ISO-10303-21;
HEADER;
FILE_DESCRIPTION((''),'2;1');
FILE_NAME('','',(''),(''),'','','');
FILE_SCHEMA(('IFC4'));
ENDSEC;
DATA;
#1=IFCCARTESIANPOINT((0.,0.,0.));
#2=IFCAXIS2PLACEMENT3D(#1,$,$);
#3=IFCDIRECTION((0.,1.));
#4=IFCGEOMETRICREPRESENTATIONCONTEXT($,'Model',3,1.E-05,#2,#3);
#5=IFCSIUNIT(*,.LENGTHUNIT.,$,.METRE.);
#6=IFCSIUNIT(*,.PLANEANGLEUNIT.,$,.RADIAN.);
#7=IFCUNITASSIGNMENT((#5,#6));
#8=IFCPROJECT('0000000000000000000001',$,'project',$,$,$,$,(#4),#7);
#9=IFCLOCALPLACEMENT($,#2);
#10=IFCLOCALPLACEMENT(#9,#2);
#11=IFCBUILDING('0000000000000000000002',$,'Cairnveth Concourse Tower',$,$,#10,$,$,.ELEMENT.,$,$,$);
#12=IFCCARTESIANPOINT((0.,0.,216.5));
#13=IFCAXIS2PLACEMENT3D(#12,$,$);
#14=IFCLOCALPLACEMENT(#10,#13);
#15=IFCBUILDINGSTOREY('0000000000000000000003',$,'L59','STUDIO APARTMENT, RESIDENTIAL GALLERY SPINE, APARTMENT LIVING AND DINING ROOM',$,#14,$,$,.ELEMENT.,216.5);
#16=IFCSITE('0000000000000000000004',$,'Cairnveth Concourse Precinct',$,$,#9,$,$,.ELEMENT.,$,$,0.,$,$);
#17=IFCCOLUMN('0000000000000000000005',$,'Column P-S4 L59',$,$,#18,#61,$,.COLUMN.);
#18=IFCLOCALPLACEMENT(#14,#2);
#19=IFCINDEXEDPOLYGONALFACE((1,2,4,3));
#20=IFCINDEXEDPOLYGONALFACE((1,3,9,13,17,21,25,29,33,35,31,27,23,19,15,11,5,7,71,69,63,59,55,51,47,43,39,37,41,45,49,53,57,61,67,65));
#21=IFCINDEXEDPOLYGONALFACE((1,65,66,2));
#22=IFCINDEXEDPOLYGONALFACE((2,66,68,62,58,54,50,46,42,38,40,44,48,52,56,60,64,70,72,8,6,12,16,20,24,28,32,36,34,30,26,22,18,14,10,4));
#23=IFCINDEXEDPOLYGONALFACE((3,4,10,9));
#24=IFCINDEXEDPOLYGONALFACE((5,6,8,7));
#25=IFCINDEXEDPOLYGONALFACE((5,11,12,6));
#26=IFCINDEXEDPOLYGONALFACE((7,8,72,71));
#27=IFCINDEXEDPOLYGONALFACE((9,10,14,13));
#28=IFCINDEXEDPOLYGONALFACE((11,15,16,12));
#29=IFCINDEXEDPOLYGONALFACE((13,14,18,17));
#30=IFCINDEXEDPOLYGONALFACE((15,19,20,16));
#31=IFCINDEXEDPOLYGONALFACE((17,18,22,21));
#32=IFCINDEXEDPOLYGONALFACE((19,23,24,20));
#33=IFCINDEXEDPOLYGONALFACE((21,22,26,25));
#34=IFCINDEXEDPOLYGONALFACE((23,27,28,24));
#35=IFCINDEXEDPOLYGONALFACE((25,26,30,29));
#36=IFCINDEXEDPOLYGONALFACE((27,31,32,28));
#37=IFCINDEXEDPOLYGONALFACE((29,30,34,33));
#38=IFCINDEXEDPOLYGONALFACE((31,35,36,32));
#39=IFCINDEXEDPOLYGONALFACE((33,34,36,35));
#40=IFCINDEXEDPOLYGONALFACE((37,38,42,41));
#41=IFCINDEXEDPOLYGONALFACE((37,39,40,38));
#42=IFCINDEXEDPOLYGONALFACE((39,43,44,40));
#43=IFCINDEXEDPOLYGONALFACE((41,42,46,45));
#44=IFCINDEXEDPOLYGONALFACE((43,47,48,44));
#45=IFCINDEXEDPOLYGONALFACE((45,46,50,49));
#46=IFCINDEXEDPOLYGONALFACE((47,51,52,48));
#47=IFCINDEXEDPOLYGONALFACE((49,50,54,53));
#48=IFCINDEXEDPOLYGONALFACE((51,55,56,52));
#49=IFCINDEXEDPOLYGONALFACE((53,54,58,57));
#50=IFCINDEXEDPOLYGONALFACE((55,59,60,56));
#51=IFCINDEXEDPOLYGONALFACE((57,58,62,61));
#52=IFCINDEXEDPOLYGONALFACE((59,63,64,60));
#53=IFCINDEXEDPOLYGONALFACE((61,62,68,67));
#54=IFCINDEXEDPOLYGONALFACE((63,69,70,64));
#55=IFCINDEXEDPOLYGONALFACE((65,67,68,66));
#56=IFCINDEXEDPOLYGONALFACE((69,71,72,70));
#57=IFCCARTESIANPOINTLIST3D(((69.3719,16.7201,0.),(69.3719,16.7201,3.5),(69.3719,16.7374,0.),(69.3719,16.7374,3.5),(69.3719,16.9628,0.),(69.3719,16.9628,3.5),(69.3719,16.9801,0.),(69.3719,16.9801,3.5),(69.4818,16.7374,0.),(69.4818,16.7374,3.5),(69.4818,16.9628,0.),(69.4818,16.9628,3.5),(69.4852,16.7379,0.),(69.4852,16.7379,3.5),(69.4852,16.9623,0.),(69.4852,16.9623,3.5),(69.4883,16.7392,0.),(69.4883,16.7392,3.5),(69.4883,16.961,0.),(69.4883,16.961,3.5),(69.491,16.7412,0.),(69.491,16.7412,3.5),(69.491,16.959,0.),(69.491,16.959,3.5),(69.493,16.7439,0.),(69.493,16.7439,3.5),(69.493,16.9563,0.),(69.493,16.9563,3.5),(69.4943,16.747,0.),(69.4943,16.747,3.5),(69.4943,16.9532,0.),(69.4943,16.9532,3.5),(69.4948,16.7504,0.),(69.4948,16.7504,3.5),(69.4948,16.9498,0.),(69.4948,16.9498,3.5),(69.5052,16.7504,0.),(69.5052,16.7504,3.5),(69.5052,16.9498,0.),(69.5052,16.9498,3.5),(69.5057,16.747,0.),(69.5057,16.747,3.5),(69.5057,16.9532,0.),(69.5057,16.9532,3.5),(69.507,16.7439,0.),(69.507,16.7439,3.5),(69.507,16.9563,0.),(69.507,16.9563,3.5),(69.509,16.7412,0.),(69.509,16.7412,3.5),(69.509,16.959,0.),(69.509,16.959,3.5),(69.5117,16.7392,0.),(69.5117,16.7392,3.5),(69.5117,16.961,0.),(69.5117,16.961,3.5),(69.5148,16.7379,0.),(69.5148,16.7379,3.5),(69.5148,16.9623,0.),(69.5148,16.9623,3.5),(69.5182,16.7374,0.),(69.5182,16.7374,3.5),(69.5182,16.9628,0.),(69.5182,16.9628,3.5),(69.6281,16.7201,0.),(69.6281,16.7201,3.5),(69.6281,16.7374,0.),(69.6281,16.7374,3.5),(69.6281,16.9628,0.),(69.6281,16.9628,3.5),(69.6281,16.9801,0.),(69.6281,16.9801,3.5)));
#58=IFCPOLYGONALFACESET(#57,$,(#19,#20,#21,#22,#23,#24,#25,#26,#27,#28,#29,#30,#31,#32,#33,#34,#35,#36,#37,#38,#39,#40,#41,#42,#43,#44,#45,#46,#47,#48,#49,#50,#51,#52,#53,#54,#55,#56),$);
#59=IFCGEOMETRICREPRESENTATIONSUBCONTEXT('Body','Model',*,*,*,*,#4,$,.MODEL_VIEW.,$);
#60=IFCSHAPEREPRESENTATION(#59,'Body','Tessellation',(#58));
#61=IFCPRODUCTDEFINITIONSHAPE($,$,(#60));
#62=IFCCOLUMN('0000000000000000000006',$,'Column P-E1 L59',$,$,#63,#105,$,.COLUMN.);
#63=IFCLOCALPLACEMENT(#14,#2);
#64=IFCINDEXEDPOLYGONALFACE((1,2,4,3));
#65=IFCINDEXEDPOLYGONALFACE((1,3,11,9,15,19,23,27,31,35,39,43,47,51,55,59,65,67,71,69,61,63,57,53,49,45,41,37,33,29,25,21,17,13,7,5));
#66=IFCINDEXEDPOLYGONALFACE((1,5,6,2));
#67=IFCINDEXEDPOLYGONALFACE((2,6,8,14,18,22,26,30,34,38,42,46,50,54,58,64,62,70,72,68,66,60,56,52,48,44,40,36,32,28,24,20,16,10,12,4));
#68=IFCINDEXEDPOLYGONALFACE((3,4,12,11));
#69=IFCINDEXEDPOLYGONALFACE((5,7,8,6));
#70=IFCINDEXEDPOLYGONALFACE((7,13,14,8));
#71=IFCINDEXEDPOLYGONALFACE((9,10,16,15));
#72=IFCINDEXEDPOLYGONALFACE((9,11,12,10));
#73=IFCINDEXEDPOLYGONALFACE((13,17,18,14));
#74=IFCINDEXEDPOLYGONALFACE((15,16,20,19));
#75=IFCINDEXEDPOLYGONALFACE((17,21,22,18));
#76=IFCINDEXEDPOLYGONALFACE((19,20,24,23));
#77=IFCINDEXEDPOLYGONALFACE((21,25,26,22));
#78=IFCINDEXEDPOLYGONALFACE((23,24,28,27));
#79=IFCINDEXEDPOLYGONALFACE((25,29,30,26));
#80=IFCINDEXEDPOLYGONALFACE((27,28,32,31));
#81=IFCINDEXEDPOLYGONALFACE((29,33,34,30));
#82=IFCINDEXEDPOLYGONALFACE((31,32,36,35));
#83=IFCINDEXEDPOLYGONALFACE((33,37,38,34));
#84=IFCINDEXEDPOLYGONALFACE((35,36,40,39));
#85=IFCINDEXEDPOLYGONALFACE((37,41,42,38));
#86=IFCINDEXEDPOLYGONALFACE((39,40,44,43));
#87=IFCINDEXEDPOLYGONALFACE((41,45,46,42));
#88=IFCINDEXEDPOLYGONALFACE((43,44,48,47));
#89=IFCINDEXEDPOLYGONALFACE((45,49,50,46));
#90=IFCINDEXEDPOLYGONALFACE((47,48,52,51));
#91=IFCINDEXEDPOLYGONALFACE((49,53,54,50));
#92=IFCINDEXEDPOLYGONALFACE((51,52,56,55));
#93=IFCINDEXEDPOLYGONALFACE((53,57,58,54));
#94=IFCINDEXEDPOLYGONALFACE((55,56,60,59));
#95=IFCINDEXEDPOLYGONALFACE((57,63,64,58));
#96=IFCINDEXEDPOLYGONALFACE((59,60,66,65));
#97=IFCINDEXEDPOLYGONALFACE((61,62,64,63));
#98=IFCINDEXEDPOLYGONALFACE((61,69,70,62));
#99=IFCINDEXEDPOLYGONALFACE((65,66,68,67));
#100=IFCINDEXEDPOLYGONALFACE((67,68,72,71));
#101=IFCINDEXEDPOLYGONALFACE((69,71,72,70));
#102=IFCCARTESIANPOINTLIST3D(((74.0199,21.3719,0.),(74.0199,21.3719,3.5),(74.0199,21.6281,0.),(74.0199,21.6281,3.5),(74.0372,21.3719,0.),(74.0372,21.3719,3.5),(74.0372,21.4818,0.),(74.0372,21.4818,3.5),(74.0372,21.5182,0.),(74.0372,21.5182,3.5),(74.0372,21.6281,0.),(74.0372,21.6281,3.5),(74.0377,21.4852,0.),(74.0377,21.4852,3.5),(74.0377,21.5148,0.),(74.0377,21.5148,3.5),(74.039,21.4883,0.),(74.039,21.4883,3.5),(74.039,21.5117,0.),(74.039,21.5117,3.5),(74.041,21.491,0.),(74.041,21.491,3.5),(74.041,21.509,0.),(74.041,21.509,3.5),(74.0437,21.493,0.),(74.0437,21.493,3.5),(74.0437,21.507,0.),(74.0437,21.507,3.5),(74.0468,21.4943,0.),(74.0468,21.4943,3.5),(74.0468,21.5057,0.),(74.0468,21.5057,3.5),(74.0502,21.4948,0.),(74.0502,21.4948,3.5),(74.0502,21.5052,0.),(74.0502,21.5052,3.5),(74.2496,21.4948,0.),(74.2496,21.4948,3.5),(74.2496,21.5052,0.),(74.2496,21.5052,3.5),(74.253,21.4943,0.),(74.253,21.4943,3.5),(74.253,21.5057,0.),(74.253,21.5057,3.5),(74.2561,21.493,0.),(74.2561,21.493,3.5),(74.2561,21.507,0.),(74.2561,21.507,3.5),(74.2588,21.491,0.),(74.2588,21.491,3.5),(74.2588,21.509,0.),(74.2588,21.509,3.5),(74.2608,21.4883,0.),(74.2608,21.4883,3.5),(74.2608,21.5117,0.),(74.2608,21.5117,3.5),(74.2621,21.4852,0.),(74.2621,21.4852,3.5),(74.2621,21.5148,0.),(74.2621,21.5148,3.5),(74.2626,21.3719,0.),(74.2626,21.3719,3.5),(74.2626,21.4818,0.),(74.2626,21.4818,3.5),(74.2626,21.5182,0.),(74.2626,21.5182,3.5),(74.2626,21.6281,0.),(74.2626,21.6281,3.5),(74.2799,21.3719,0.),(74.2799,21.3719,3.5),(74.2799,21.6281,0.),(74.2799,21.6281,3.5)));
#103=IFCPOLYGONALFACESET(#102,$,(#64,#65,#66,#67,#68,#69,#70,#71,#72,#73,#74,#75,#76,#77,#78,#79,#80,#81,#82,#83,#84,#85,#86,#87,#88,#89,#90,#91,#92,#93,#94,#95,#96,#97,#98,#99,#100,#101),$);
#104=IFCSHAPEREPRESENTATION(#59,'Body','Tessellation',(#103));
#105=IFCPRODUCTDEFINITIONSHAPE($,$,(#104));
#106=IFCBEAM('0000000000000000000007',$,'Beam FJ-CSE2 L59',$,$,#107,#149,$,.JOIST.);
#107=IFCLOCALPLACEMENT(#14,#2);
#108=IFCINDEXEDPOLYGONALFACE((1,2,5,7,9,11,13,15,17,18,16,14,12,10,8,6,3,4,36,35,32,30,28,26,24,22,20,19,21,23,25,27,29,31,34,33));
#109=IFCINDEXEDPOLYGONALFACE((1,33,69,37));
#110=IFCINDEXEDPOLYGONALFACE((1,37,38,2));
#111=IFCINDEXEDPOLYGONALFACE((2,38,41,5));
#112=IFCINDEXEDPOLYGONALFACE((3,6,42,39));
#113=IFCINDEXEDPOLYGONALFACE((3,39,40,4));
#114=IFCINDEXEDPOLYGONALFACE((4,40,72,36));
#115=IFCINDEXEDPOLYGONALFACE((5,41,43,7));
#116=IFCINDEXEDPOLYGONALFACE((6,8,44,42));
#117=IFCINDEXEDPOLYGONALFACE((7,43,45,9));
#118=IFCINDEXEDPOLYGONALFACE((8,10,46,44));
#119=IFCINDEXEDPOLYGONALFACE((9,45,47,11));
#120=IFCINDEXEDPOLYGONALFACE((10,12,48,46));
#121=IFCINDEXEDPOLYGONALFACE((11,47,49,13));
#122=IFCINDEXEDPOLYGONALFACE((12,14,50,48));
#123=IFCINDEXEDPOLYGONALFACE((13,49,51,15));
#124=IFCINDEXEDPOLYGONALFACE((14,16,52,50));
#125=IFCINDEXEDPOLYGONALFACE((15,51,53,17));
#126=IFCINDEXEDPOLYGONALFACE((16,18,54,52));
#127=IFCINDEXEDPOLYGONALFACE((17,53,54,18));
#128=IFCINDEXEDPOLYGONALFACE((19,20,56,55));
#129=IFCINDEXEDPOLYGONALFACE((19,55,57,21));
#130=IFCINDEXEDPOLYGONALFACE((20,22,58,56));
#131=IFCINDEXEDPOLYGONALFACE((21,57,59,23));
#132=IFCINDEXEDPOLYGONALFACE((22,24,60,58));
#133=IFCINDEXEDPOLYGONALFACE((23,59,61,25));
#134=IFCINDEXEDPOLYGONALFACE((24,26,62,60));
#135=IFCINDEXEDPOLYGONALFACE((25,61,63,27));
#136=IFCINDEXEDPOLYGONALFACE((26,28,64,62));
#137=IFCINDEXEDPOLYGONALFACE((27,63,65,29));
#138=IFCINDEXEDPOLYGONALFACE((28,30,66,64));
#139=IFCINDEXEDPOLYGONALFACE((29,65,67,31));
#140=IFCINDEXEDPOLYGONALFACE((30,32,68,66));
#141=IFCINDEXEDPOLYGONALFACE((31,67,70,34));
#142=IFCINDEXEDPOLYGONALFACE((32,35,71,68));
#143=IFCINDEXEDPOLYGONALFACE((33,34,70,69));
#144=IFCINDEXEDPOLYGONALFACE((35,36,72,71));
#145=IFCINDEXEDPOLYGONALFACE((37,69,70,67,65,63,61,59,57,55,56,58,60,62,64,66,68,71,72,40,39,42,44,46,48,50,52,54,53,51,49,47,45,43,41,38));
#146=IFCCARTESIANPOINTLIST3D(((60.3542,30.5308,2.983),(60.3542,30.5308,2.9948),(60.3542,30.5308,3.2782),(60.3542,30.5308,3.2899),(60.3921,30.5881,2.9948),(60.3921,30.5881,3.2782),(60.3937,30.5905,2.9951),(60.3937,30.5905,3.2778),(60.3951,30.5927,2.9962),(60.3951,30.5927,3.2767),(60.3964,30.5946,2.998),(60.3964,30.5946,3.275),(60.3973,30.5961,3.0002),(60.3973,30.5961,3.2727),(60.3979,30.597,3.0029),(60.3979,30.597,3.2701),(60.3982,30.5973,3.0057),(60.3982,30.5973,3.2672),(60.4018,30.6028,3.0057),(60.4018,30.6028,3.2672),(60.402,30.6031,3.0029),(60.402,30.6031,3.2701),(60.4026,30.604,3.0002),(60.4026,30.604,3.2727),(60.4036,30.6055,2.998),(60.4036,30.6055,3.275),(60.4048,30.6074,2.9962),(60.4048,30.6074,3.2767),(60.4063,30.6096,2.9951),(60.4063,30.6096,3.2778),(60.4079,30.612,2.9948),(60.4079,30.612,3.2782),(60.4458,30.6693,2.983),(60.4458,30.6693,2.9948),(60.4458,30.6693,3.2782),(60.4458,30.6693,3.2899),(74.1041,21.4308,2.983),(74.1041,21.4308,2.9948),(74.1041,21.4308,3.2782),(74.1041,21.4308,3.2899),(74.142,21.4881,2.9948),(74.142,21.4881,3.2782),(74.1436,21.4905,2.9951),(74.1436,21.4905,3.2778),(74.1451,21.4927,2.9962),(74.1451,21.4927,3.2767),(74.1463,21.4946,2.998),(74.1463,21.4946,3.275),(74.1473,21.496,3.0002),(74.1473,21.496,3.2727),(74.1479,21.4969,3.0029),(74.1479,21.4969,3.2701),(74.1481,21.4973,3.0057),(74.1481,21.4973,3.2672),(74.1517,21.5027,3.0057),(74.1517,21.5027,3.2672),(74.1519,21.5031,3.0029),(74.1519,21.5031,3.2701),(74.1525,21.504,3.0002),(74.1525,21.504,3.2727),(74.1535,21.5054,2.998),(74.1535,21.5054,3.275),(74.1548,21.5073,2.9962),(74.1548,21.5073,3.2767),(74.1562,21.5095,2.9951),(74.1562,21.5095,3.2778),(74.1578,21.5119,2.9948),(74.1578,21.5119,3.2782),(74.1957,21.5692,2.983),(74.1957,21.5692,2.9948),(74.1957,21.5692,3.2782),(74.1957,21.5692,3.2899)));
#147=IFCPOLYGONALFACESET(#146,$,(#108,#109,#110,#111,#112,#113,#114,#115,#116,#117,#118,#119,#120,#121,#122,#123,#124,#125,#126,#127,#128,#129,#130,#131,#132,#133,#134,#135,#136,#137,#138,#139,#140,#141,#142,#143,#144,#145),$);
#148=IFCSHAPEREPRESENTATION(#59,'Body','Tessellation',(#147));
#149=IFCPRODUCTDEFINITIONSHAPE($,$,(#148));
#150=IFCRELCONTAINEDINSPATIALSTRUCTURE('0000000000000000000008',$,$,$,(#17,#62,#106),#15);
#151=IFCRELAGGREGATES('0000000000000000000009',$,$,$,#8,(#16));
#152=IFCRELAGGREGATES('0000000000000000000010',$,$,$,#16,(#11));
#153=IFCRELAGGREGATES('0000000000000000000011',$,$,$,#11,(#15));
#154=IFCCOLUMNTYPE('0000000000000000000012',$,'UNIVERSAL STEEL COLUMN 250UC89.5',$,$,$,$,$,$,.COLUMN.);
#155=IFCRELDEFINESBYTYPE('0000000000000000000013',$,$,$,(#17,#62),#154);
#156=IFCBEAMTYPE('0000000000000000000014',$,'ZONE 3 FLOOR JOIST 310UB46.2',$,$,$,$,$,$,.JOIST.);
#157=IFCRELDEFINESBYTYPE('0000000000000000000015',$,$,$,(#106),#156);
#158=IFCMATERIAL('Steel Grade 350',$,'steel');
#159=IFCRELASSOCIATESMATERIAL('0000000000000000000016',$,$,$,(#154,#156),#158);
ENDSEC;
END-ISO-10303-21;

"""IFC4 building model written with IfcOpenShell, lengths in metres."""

from ifc_helpers import new_model, si_unit, direction, frame, origin, origin_2d, place, context, subcontext, project, spatial, i_section, extrude, material, material_profile, profile_set, type_object, element, save


model = new_model("IFC4")

# Units and contexts
model_context = context("Model", 3, precision=1e-05, world=origin(), true_north=direction((0.0, 1.0)))
body_context = subcontext(model_context, "Body", "Model", "MODEL_VIEW")
ifc_project = project(units=[si_unit("LENGTHUNIT", "METRE"), si_unit("PLANEANGLEUNIT", "RADIAN")], contexts=[model_context])

# Site, building, storey
site_placement = place(None, origin())
site = spatial("IfcSite", under=ifc_project, at=site_placement, Name="Cairnveth Concourse Precinct", CompositionType="ELEMENT", RefElevation=0.0)
building_placement = place(site_placement, origin())
building = spatial("IfcBuilding", under=site, at=building_placement, Name="Cairnveth Concourse Tower", CompositionType="ELEMENT")
storey_placement = place(building_placement, frame((0.0, 0.0, 216.5)))
storey = spatial("IfcBuildingStorey", under=building, at=storey_placement, Name="L59", Description="STUDIO APARTMENT, RESIDENTIAL GALLERY SPINE, APARTMENT LIVING AND DINING ROOM", CompositionType="ELEMENT", Elevation=216.5)

# Columns
ifc_material_1 = material(Name="Steel Grade 350", Category="steel")
ifc_material_profile_1 = material_profile(ifc_material_1, i_section(OverallWidth=0.2561, OverallDepth=0.26, WebThickness=0.0105, FlangeThickness=0.0173, FilletRadius=0.0129, at=origin_2d()), Name="250UC89.5")
ifc_profile_set_1 = profile_set([ifc_material_profile_1], Name="Steel Grade 350")
column_type = type_object("IfcColumnType", Name="UNIVERSAL STEEL COLUMN 250UC89.5", PredefinedType="COLUMN", material=ifc_profile_set_1)
for number, where, z_axis, x_axis, name in (
    (1, (69.5, 16.8501, 0.0), (0.0, 0.0, 1.0), (1.0, 0.0, 0.0), "Column P-S4 L59"),
    (2, (74.1499, 21.5, 0.0), (0.0, 0.0, 1.0), (0.0, 1.0, 0.0), "Column P-E1 L59"),
):
    element("IfcColumn", number, at=place(storey_placement, frame(where, z_axis=z_axis, x_axis=x_axis)), inside=storey, type_object=column_type, Name=name, PredefinedType="COLUMN", context=body_context, shape_type="SweptSolid", body=[
        extrude(i_section(OverallWidth=0.2561, OverallDepth=0.26, WebThickness=0.0105, FlangeThickness=0.0173, FilletRadius=0.0129, at=origin_2d()), origin(), (0.0, 0.0, 1.0), 3.5),
    ])

# Beam
ifc_material_profile_2 = material_profile(ifc_material_1, i_section(OverallWidth=0.166, OverallDepth=0.3069, WebThickness=0.0066, FlangeThickness=0.0117, FilletRadius=0.011, at=origin_2d()), Name="310UB46.2")
ifc_profile_set_2 = profile_set([ifc_material_profile_2], Name="Steel Grade 350")
beam_type_1 = type_object("IfcBeamType", Name="ZONE 3 FLOOR JOIST 310UB46.2", PredefinedType="JOIST", material=ifc_profile_set_2)
beam_1_placement = place(storey_placement, frame((74.1499, 21.5, 3.1365), z_axis=(-0.833909, 0.551902, 0.0), x_axis=(-0.551902, -0.833909, 0.0)))
element("IfcBeam", 3, at=beam_1_placement, inside=storey, type_object=beam_type_1, Name="Beam FJ-CSE2 L59", PredefinedType="JOIST", context=body_context, shape_type="SweptSolid", body=[
    extrude(i_section(OverallWidth=0.166, OverallDepth=0.3069, WebThickness=0.0066, FlangeThickness=0.0117, FilletRadius=0.011, at=origin_2d()), origin(), (0.0, 0.0, 1.0), 16.4885),
])

save(model, "model.ifc")
